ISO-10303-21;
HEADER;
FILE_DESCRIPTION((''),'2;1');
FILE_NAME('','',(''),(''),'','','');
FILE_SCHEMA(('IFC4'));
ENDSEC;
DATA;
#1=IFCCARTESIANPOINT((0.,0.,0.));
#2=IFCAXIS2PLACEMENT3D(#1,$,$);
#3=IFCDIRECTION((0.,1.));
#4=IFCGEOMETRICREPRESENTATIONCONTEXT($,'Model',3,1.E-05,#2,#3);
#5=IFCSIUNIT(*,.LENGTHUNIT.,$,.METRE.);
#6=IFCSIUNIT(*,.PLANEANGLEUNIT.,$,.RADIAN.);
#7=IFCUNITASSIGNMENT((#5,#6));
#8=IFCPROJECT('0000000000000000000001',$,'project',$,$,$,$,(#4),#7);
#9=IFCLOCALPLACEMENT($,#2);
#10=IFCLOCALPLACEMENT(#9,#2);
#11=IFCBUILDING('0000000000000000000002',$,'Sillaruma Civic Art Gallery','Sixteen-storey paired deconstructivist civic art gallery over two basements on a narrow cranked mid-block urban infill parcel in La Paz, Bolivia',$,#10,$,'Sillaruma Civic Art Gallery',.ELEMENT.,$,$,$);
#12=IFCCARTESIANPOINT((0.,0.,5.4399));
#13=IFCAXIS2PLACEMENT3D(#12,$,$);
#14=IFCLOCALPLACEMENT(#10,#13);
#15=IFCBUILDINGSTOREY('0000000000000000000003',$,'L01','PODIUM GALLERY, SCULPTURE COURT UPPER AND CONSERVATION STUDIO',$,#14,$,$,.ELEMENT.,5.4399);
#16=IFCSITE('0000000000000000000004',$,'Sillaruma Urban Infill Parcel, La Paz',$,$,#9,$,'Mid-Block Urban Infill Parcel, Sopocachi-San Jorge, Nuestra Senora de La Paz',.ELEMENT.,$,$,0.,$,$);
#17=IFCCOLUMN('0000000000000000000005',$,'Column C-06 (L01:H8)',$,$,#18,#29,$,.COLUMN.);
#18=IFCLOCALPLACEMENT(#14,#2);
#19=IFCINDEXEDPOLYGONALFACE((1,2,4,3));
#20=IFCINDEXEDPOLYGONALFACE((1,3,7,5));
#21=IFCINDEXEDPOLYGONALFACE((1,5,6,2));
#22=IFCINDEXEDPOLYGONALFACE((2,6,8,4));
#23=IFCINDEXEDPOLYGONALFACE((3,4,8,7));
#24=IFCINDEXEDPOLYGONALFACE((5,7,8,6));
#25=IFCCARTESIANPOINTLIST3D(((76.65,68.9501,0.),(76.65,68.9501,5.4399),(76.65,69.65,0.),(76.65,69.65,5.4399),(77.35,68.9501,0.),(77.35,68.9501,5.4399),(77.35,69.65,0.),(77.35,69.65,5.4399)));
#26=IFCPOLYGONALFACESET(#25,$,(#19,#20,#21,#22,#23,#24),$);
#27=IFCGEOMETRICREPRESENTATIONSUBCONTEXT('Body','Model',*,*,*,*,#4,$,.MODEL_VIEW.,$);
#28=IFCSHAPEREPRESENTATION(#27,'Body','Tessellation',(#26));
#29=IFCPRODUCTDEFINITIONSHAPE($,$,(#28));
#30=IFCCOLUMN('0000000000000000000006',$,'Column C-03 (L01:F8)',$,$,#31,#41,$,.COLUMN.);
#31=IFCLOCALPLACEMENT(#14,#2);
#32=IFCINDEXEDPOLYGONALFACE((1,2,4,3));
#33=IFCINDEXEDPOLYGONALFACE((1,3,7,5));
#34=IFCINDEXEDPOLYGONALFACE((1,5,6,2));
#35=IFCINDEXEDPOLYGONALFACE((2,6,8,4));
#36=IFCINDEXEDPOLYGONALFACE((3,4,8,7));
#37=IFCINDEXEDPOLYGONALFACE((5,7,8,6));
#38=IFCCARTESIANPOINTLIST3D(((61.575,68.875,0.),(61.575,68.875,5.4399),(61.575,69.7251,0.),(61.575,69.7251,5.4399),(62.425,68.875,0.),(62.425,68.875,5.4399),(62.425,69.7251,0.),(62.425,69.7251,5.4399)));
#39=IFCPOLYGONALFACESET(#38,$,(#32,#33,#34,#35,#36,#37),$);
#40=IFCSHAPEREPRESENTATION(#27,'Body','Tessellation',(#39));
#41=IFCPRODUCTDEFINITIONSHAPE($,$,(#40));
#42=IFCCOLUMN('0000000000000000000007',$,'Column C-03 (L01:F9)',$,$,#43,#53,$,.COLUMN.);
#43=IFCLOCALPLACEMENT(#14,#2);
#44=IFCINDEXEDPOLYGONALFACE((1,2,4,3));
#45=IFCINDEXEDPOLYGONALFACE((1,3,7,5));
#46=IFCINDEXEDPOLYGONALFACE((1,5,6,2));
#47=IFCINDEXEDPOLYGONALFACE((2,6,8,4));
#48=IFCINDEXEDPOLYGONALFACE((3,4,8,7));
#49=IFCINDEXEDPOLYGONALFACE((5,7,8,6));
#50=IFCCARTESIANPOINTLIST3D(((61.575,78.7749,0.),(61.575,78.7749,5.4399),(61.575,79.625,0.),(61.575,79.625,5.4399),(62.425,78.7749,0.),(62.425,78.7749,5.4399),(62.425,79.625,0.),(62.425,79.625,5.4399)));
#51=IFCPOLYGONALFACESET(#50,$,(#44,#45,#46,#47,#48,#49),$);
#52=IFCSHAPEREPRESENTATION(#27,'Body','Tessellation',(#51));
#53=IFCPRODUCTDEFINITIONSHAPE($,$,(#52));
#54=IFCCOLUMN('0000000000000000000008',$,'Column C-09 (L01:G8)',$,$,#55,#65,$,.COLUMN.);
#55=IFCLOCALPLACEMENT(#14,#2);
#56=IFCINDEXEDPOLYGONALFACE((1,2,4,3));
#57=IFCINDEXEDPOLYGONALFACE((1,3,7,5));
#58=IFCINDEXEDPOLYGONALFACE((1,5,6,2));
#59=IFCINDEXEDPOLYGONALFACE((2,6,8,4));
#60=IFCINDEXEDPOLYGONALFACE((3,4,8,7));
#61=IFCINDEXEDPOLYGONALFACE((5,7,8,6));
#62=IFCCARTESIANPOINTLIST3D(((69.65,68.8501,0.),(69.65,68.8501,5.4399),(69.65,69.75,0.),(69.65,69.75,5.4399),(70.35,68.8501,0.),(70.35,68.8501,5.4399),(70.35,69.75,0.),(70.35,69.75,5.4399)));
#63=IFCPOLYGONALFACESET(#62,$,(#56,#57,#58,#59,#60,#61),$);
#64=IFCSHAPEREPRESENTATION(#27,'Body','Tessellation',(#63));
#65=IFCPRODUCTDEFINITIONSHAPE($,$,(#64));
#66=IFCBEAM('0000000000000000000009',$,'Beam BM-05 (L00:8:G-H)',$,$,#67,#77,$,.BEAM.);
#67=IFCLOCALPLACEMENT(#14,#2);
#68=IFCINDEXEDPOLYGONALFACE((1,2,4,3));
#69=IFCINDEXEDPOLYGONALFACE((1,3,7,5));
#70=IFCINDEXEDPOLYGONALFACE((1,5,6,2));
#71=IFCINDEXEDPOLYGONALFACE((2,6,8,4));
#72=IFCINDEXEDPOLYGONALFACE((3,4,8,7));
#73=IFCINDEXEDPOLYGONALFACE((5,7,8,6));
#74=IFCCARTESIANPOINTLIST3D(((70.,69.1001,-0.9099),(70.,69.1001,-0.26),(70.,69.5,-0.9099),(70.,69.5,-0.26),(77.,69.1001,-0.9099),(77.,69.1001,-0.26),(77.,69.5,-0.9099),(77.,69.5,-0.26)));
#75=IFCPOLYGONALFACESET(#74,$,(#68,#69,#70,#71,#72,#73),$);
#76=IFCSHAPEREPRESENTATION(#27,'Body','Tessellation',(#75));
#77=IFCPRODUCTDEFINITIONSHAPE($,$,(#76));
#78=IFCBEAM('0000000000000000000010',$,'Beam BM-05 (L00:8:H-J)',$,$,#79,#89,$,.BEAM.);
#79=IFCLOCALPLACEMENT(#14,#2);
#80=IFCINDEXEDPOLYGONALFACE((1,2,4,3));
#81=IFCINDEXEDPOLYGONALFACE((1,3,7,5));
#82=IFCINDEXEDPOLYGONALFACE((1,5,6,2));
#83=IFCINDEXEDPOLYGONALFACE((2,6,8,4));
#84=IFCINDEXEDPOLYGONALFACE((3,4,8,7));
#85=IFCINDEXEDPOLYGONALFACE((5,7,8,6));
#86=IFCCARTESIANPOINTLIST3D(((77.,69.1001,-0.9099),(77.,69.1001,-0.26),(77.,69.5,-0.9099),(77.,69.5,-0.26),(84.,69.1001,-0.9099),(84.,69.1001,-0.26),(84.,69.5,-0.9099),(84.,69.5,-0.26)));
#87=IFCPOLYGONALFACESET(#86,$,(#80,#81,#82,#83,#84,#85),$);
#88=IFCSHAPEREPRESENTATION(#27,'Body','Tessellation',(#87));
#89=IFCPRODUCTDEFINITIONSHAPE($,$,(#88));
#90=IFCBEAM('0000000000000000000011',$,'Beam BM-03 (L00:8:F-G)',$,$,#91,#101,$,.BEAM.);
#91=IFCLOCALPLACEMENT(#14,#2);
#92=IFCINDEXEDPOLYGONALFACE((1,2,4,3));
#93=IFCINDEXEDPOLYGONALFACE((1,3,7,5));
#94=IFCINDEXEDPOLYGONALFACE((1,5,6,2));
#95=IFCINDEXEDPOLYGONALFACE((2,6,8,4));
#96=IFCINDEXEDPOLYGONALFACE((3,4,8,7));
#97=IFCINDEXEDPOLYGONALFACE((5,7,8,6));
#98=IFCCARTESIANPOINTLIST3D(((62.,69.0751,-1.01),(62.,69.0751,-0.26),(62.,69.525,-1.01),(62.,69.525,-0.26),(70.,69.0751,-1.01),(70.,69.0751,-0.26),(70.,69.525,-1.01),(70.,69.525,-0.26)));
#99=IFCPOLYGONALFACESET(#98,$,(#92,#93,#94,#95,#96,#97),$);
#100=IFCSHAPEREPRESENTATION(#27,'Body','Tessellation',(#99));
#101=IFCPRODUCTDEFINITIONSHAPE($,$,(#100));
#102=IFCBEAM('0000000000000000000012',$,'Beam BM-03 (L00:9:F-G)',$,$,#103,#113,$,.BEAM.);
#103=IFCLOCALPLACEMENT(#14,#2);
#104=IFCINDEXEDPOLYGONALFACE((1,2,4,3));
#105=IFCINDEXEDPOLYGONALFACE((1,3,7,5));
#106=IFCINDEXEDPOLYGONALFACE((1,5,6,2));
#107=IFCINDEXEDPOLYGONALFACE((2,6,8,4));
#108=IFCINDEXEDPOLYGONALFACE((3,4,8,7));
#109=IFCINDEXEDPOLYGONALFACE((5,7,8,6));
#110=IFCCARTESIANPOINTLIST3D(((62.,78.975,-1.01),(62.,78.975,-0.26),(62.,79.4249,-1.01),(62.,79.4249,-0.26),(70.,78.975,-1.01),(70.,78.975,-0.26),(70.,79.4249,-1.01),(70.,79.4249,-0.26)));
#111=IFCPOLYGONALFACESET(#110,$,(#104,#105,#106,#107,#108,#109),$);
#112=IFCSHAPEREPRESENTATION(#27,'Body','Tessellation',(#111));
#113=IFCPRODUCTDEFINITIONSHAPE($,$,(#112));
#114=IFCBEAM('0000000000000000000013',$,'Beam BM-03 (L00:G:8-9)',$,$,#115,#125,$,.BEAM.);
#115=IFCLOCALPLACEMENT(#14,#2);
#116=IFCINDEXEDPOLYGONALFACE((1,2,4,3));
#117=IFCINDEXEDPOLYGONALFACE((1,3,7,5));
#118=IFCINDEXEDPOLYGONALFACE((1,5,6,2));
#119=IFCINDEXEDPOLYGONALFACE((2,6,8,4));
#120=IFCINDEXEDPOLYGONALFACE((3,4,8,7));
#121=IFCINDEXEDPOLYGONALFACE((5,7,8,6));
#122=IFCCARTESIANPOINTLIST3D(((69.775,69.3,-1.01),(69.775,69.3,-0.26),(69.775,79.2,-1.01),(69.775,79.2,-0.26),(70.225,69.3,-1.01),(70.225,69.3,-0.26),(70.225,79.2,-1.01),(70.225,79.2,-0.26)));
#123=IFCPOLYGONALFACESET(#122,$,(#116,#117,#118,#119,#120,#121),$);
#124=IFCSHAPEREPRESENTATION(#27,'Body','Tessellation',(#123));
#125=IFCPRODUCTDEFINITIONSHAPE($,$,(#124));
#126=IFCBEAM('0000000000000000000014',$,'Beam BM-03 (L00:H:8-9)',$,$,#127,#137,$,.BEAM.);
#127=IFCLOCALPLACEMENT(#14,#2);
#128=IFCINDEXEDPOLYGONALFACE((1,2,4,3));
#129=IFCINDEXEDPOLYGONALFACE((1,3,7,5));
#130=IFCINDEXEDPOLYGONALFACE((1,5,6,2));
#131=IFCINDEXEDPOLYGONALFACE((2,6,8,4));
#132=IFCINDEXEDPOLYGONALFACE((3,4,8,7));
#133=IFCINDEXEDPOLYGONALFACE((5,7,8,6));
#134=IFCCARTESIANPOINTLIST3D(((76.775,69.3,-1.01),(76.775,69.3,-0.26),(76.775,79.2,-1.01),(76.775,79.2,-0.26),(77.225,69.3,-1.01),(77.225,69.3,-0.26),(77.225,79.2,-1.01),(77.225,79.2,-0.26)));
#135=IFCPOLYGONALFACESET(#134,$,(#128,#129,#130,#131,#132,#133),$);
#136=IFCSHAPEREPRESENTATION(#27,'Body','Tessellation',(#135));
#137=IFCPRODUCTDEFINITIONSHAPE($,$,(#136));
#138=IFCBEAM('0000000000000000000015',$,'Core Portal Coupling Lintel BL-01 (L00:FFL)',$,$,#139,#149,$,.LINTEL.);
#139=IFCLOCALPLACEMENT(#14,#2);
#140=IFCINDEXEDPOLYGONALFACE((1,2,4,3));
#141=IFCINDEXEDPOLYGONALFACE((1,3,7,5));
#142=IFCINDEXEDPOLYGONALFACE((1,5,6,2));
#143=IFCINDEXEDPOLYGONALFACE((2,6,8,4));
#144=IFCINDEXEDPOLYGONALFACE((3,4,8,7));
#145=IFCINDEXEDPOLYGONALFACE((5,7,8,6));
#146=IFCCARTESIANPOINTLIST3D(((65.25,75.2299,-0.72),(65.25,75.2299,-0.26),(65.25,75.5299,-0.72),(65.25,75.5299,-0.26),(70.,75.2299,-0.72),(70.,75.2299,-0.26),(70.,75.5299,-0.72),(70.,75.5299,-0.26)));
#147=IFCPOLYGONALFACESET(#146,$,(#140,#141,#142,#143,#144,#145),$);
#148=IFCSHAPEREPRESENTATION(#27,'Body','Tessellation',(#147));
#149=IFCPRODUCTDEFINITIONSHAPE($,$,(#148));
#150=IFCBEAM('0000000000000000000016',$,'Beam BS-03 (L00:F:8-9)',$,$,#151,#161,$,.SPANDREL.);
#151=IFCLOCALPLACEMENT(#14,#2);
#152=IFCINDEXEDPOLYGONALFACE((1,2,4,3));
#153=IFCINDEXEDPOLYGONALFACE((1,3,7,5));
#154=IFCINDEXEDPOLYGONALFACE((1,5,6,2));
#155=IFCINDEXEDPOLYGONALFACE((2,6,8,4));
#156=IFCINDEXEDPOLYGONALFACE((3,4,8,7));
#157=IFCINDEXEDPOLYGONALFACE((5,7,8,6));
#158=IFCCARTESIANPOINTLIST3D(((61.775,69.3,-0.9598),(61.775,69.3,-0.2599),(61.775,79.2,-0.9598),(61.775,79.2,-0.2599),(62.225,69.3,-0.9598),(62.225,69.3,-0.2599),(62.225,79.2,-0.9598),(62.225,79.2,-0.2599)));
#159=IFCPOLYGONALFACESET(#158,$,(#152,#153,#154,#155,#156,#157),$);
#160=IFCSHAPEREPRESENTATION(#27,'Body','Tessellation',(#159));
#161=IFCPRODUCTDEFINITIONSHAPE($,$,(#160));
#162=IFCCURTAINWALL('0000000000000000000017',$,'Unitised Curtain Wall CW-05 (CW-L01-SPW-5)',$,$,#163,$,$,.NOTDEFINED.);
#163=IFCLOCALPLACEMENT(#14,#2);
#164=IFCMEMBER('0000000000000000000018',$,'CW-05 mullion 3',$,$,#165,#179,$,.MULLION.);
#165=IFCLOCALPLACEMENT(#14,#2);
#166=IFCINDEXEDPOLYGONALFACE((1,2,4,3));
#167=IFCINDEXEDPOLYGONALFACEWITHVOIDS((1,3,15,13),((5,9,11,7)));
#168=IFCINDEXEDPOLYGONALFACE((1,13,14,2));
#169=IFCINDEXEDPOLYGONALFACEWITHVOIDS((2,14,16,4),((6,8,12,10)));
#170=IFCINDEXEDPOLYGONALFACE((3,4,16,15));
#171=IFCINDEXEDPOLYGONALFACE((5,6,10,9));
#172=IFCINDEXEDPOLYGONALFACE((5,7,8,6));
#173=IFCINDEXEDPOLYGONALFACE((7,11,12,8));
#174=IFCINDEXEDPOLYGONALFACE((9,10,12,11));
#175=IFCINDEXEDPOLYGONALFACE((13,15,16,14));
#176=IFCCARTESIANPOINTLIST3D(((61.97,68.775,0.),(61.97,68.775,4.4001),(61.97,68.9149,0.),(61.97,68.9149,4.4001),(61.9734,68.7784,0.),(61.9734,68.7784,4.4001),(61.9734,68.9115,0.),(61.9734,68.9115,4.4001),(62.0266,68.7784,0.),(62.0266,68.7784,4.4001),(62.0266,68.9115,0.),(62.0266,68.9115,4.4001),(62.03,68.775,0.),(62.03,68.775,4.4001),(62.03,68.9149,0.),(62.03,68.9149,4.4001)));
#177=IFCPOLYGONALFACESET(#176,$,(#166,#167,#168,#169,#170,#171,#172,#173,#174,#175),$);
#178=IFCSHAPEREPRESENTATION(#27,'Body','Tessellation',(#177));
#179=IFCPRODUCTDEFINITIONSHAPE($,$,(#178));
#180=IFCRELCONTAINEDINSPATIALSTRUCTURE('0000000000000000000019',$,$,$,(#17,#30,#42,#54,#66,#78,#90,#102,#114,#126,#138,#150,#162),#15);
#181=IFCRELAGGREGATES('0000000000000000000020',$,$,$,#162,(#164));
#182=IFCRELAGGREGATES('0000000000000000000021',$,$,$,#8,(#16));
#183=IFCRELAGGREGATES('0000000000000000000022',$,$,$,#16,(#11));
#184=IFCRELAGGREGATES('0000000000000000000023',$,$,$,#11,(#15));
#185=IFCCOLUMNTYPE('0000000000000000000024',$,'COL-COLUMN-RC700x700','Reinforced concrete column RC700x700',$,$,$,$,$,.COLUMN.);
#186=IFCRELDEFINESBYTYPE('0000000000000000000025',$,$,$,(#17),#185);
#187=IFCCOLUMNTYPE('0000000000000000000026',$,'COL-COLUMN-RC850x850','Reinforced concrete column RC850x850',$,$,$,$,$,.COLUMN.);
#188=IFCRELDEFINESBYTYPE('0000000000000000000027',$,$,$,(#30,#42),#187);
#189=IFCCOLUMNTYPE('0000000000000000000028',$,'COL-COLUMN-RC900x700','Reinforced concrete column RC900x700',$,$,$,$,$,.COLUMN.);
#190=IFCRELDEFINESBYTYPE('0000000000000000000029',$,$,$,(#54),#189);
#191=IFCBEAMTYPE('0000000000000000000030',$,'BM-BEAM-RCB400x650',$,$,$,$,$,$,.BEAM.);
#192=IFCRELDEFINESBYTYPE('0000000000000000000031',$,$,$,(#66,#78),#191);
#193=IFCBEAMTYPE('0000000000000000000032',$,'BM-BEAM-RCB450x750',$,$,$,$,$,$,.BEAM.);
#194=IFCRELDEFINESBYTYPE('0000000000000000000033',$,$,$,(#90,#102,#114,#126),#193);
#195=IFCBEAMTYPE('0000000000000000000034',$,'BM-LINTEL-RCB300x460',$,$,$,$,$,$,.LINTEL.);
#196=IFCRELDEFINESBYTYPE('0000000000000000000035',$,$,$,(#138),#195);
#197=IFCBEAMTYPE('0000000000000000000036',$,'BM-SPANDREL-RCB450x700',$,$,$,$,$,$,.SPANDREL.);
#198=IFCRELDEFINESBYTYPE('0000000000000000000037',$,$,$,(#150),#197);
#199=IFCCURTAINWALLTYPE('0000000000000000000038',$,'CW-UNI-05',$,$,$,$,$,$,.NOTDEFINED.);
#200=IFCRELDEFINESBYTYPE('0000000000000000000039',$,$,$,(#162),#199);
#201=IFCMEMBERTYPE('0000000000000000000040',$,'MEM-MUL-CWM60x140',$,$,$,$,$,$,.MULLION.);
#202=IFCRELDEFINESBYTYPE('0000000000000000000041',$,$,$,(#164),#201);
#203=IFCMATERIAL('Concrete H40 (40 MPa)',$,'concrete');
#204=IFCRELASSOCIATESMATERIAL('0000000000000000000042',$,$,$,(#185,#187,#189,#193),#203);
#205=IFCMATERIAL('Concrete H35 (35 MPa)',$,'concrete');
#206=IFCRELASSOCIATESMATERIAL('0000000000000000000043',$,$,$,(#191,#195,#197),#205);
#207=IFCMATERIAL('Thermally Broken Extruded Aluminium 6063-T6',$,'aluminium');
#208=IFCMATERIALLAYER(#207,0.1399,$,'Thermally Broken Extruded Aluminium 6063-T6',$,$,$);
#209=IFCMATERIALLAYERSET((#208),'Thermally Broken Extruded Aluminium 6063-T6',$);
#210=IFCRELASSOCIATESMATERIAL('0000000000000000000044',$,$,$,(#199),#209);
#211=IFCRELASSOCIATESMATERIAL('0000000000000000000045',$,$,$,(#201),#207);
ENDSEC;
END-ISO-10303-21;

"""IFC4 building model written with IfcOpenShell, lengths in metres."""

from ifc_helpers import new_model, si_unit, direction, frame, origin, origin_2d, place, context, subcontext, project, spatial, rectangle, hollow_rectangle, extrude, material, layer, layer_set, material_profile, profile_set, type_object, element, aggregate, save


model = new_model("IFC4")

# Units and contexts
model_context = context("Model", 3, precision=1e-05, world=origin(), true_north=direction((0.0, 1.0)))
body_context = subcontext(model_context, "Body", "Model", "MODEL_VIEW")
ifc_project = project(units=[si_unit("LENGTHUNIT", "METRE"), si_unit("PLANEANGLEUNIT", "RADIAN")], contexts=[model_context])

# Site, building, storey
site_placement = place(None, origin())
site = spatial("IfcSite", under=ifc_project, at=site_placement, Name="Sillaruma Urban Infill Parcel, La Paz", LongName="Mid-Block Urban Infill Parcel, Sopocachi-San Jorge, Nuestra Senora de La Paz", CompositionType="ELEMENT", RefElevation=0.0)
building_placement = place(site_placement, origin())
building = spatial("IfcBuilding", under=site, at=building_placement, Name="Sillaruma Civic Art Gallery", Description="Sixteen-storey paired deconstructivist civic art gallery over two basements on a narrow cranked mid-block urban infill parcel in La Paz, Bolivia", LongName="Sillaruma Civic Art Gallery", CompositionType="ELEMENT")
storey_placement = place(building_placement, frame((0.0, 0.0, 5.4399)))
storey = spatial("IfcBuildingStorey", under=building, at=storey_placement, Name="L01", Description="PODIUM GALLERY, SCULPTURE COURT UPPER AND CONSERVATION STUDIO", CompositionType="ELEMENT", Elevation=5.4399)

# Columns
ifc_material_1 = material(Name="Concrete H40 (40 MPa)", Category="concrete")
ifc_material_profile_1 = material_profile(ifc_material_1, rectangle(XDim=0.7, YDim=0.7, at=origin_2d()), Name="RC700x700")
ifc_profile_set_1 = profile_set([ifc_material_profile_1], Name="Concrete H40 (40 MPa)")
column_type_1 = type_object("IfcColumnType", Name="COL-COLUMN-RC700x700", Description="Reinforced concrete column RC700x700", PredefinedType="COLUMN", material=ifc_profile_set_1)
column_1_placement = place(storey_placement, frame((77.0, 69.3, 0.0), z_axis=(0.0, 0.0, 1.0), x_axis=(1.0, 0.0, 0.0)))
element("IfcColumn", 1, at=column_1_placement, inside=storey, type_object=column_type_1, Name="Column C-06 (L01:H8)", PredefinedType="COLUMN", context=body_context, shape_type="SweptSolid", body=[
    extrude(rectangle(XDim=0.7, YDim=0.7, at=origin_2d()), origin(), (0.0, 0.0, 1.0), 5.4399),
])
ifc_material_profile_2 = material_profile(ifc_material_1, rectangle(XDim=0.8501, YDim=0.8501, at=origin_2d()), Name="RC850x850")
ifc_profile_set_2 = profile_set([ifc_material_profile_2], Name="Concrete H40 (40 MPa)")
column_type_2 = type_object("IfcColumnType", Name="COL-COLUMN-RC850x850", Description="Reinforced concrete column RC850x850", PredefinedType="COLUMN", material=ifc_profile_set_2)
for number, where, z_axis, x_axis, name in (
    (2, (62.0, 69.3, 0.0), (0.0, 0.0, 1.0), (1.0, 0.0, 0.0), "Column C-03 (L01:F8)"),
    (3, (62.0, 79.2, 0.0), (0.0, 0.0, 1.0), (1.0, 0.0, 0.0), "Column C-03 (L01:F9)"),
):
    element("IfcColumn", number, at=place(storey_placement, frame(where, z_axis=z_axis, x_axis=x_axis)), inside=storey, type_object=column_type_2, Name=name, PredefinedType="COLUMN", context=body_context, shape_type="SweptSolid", body=[
        extrude(rectangle(XDim=0.8501, YDim=0.8501, at=origin_2d()), origin(), (0.0, 0.0, 1.0), 5.4399),
    ])
ifc_material_profile_3 = material_profile(ifc_material_1, rectangle(XDim=0.7, YDim=0.8999, at=origin_2d()), Name="RC900x700")
ifc_profile_set_3 = profile_set([ifc_material_profile_3], Name="Concrete H40 (40 MPa)")
column_type_3 = type_object("IfcColumnType", Name="COL-COLUMN-RC900x700", Description="Reinforced concrete column RC900x700", PredefinedType="COLUMN", material=ifc_profile_set_3)
column_2_placement = place(storey_placement, frame((70.0, 69.3, 0.0), z_axis=(0.0, 0.0, 1.0), x_axis=(1.0, 0.0, 0.0)))
element("IfcColumn", 4, at=column_2_placement, inside=storey, type_object=column_type_3, Name="Column C-09 (L01:G8)", PredefinedType="COLUMN", context=body_context, shape_type="SweptSolid", body=[
    extrude(rectangle(XDim=0.7, YDim=0.8999, at=origin_2d()), origin(), (0.0, 0.0, 1.0), 5.4399),
])

# Beams
ifc_material_2 = material(Name="Concrete H35 (35 MPa)", Category="concrete")
ifc_material_profile_4 = material_profile(ifc_material_2, rectangle(XDim=0.3999, YDim=0.6499, at=origin_2d()), Name="RCB400x650")
ifc_profile_set_4 = profile_set([ifc_material_profile_4], Name="Concrete H35 (35 MPa)")
beam_type_1 = type_object("IfcBeamType", Name="BM-BEAM-RCB400x650", PredefinedType="BEAM", material=ifc_profile_set_4)
for number, where, z_axis, x_axis, name in (
    (5, (70.0, 69.3, -0.585), (1.0, 0.0, 0.0), (0.0, 1.0, 0.0), "Beam BM-05 (L00:8:G-H)"),
    (6, (77.0, 69.3, -0.585), (1.0, 0.0, 0.0), (0.0, 1.0, 0.0), "Beam BM-05 (L00:8:H-J)"),
):
    element("IfcBeam", number, at=place(storey_placement, frame(where, z_axis=z_axis, x_axis=x_axis)), inside=storey, type_object=beam_type_1, Name=name, PredefinedType="BEAM", context=body_context, shape_type="SweptSolid", body=[
        extrude(rectangle(XDim=0.3999, YDim=0.6499, at=origin_2d()), origin(), (0.0, 0.0, 1.0), 7.0),
    ])
ifc_material_profile_5 = material_profile(ifc_material_1, rectangle(XDim=0.45, YDim=0.75, at=origin_2d()), Name="RCB450x750")
ifc_profile_set_5 = profile_set([ifc_material_profile_5], Name="Concrete H40 (40 MPa)")
beam_type_2 = type_object("IfcBeamType", Name="BM-BEAM-RCB450x750", PredefinedType="BEAM", material=ifc_profile_set_5)
for number, where, z_axis, x_axis, name in (
    (7, (62.0, 69.3, -0.635), (1.0, 0.0, 0.0), (0.0, 1.0, 0.0), "Beam BM-03 (L00:8:F-G)"),
    (8, (62.0, 79.2, -0.635), (1.0, 0.0, 0.0), (0.0, 1.0, 0.0), "Beam BM-03 (L00:9:F-G)"),
):
    element("IfcBeam", number, at=place(storey_placement, frame(where, z_axis=z_axis, x_axis=x_axis)), inside=storey, type_object=beam_type_2, Name=name, PredefinedType="BEAM", context=body_context, shape_type="SweptSolid", body=[
        extrude(rectangle(XDim=0.45, YDim=0.75, at=origin_2d()), origin(), (0.0, 0.0, 1.0), 8.0),
    ])
for number, where, z_axis, x_axis, name in (
    (9, (70.0, 69.3, -0.635), (0.0, 1.0, 0.0), (-1.0, 0.0, 0.0), "Beam BM-03 (L00:G:8-9)"),
    (10, (77.0, 69.3, -0.635), (0.0, 1.0, 0.0), (-1.0, 0.0, 0.0), "Beam BM-03 (L00:H:8-9)"),
):
    element("IfcBeam", number, at=place(storey_placement, frame(where, z_axis=z_axis, x_axis=x_axis)), inside=storey, type_object=beam_type_2, Name=name, PredefinedType="BEAM", context=body_context, shape_type="SweptSolid", body=[
        extrude(rectangle(XDim=0.45, YDim=0.75, at=origin_2d()), origin(), (0.0, 0.0, 1.0), 9.8999),
    ])
ifc_material_profile_6 = material_profile(ifc_material_2, rectangle(XDim=0.3, YDim=0.46, at=origin_2d()), Name="RCB300x460")
ifc_profile_set_6 = profile_set([ifc_material_profile_6], Name="Concrete H35 (35 MPa)")
beam_type_3 = type_object("IfcBeamType", Name="BM-LINTEL-RCB300x460", PredefinedType="LINTEL", material=ifc_profile_set_6)
beam_1_placement = place(storey_placement, frame((65.25, 75.3799, -0.49), z_axis=(1.0, 0.0, 0.0), x_axis=(0.0, 1.0, 0.0)))
element("IfcBeam", 11, at=beam_1_placement, inside=storey, type_object=beam_type_3, Name="Core Portal Coupling Lintel BL-01 (L00:FFL)", PredefinedType="LINTEL", context=body_context, shape_type="SweptSolid", body=[
    extrude(rectangle(XDim=0.3, YDim=0.46, at=origin_2d()), origin(), (0.0, 0.0, 1.0), 4.75),
])
ifc_material_profile_7 = material_profile(ifc_material_2, rectangle(XDim=0.45, YDim=0.7, at=origin_2d()), Name="RCB450x700")
ifc_profile_set_7 = profile_set([ifc_material_profile_7], Name="Concrete H35 (35 MPa)")
beam_type_4 = type_object("IfcBeamType", Name="BM-SPANDREL-RCB450x700", PredefinedType="SPANDREL", material=ifc_profile_set_7)
beam_2_placement = place(storey_placement, frame((62.0, 69.3, -0.6099), z_axis=(0.0, 1.0, 0.0), x_axis=(-1.0, 0.0, 0.0)))
element("IfcBeam", 12, at=beam_2_placement, inside=storey, type_object=beam_type_4, Name="Beam BS-03 (L00:F:8-9)", PredefinedType="SPANDREL", context=body_context, shape_type="SweptSolid", body=[
    extrude(rectangle(XDim=0.45, YDim=0.7, at=origin_2d()), origin(), (0.0, 0.0, 1.0), 9.8999),
])

# Curtain wall, member
ifc_material_3 = material(Name="Thermally Broken Extruded Aluminium 6063-T6", Category="aluminium")
ifc_layer_1 = layer(ifc_material_3, 0.1399, Name="Thermally Broken Extruded Aluminium 6063-T6")
ifc_layer_set_1 = layer_set([ifc_layer_1], Name="Thermally Broken Extruded Aluminium 6063-T6")
curtain_wall_type = type_object("IfcCurtainWallType", Name="CW-UNI-05", PredefinedType="NOTDEFINED", material=ifc_layer_set_1)
curtain_wall_placement = place(storey_placement, origin())
curtain_wall = element("IfcCurtainWall", 13, at=curtain_wall_placement, inside=storey, type_object=curtain_wall_type, Name="Unitised Curtain Wall CW-05 (CW-L01-SPW-5)", PredefinedType="NOTDEFINED")
ifc_material_profile_8 = material_profile(ifc_material_3, hollow_rectangle(XDim=0.0601, YDim=0.1399, WallThickness=0.0034, at=origin_2d()), Name="CWM60x140")
ifc_profile_set_8 = profile_set([ifc_material_profile_8], Name="Thermally Broken Extruded Aluminium 6063-T6")
member_type = type_object("IfcMemberType", Name="MEM-MUL-CWM60x140", PredefinedType="MULLION", material=ifc_profile_set_8)
member_placement = place(storey_placement, frame((62.0, 68.845, 0.0), z_axis=(0.0, 0.0, 1.0), x_axis=(-1.0, 0.0, 0.0)))
member = element("IfcMember", 14, at=member_placement, type_object=member_type, Name="CW-05 mullion 3", PredefinedType="MULLION", context=body_context, shape_type="SweptSolid", body=[
    extrude(hollow_rectangle(XDim=0.0601, YDim=0.1399, WallThickness=0.0034, at=origin_2d()), origin(), (0.0, 0.0, 1.0), 4.4001),
])
aggregate(curtain_wall, [member])

save(model, "model.ifc")
